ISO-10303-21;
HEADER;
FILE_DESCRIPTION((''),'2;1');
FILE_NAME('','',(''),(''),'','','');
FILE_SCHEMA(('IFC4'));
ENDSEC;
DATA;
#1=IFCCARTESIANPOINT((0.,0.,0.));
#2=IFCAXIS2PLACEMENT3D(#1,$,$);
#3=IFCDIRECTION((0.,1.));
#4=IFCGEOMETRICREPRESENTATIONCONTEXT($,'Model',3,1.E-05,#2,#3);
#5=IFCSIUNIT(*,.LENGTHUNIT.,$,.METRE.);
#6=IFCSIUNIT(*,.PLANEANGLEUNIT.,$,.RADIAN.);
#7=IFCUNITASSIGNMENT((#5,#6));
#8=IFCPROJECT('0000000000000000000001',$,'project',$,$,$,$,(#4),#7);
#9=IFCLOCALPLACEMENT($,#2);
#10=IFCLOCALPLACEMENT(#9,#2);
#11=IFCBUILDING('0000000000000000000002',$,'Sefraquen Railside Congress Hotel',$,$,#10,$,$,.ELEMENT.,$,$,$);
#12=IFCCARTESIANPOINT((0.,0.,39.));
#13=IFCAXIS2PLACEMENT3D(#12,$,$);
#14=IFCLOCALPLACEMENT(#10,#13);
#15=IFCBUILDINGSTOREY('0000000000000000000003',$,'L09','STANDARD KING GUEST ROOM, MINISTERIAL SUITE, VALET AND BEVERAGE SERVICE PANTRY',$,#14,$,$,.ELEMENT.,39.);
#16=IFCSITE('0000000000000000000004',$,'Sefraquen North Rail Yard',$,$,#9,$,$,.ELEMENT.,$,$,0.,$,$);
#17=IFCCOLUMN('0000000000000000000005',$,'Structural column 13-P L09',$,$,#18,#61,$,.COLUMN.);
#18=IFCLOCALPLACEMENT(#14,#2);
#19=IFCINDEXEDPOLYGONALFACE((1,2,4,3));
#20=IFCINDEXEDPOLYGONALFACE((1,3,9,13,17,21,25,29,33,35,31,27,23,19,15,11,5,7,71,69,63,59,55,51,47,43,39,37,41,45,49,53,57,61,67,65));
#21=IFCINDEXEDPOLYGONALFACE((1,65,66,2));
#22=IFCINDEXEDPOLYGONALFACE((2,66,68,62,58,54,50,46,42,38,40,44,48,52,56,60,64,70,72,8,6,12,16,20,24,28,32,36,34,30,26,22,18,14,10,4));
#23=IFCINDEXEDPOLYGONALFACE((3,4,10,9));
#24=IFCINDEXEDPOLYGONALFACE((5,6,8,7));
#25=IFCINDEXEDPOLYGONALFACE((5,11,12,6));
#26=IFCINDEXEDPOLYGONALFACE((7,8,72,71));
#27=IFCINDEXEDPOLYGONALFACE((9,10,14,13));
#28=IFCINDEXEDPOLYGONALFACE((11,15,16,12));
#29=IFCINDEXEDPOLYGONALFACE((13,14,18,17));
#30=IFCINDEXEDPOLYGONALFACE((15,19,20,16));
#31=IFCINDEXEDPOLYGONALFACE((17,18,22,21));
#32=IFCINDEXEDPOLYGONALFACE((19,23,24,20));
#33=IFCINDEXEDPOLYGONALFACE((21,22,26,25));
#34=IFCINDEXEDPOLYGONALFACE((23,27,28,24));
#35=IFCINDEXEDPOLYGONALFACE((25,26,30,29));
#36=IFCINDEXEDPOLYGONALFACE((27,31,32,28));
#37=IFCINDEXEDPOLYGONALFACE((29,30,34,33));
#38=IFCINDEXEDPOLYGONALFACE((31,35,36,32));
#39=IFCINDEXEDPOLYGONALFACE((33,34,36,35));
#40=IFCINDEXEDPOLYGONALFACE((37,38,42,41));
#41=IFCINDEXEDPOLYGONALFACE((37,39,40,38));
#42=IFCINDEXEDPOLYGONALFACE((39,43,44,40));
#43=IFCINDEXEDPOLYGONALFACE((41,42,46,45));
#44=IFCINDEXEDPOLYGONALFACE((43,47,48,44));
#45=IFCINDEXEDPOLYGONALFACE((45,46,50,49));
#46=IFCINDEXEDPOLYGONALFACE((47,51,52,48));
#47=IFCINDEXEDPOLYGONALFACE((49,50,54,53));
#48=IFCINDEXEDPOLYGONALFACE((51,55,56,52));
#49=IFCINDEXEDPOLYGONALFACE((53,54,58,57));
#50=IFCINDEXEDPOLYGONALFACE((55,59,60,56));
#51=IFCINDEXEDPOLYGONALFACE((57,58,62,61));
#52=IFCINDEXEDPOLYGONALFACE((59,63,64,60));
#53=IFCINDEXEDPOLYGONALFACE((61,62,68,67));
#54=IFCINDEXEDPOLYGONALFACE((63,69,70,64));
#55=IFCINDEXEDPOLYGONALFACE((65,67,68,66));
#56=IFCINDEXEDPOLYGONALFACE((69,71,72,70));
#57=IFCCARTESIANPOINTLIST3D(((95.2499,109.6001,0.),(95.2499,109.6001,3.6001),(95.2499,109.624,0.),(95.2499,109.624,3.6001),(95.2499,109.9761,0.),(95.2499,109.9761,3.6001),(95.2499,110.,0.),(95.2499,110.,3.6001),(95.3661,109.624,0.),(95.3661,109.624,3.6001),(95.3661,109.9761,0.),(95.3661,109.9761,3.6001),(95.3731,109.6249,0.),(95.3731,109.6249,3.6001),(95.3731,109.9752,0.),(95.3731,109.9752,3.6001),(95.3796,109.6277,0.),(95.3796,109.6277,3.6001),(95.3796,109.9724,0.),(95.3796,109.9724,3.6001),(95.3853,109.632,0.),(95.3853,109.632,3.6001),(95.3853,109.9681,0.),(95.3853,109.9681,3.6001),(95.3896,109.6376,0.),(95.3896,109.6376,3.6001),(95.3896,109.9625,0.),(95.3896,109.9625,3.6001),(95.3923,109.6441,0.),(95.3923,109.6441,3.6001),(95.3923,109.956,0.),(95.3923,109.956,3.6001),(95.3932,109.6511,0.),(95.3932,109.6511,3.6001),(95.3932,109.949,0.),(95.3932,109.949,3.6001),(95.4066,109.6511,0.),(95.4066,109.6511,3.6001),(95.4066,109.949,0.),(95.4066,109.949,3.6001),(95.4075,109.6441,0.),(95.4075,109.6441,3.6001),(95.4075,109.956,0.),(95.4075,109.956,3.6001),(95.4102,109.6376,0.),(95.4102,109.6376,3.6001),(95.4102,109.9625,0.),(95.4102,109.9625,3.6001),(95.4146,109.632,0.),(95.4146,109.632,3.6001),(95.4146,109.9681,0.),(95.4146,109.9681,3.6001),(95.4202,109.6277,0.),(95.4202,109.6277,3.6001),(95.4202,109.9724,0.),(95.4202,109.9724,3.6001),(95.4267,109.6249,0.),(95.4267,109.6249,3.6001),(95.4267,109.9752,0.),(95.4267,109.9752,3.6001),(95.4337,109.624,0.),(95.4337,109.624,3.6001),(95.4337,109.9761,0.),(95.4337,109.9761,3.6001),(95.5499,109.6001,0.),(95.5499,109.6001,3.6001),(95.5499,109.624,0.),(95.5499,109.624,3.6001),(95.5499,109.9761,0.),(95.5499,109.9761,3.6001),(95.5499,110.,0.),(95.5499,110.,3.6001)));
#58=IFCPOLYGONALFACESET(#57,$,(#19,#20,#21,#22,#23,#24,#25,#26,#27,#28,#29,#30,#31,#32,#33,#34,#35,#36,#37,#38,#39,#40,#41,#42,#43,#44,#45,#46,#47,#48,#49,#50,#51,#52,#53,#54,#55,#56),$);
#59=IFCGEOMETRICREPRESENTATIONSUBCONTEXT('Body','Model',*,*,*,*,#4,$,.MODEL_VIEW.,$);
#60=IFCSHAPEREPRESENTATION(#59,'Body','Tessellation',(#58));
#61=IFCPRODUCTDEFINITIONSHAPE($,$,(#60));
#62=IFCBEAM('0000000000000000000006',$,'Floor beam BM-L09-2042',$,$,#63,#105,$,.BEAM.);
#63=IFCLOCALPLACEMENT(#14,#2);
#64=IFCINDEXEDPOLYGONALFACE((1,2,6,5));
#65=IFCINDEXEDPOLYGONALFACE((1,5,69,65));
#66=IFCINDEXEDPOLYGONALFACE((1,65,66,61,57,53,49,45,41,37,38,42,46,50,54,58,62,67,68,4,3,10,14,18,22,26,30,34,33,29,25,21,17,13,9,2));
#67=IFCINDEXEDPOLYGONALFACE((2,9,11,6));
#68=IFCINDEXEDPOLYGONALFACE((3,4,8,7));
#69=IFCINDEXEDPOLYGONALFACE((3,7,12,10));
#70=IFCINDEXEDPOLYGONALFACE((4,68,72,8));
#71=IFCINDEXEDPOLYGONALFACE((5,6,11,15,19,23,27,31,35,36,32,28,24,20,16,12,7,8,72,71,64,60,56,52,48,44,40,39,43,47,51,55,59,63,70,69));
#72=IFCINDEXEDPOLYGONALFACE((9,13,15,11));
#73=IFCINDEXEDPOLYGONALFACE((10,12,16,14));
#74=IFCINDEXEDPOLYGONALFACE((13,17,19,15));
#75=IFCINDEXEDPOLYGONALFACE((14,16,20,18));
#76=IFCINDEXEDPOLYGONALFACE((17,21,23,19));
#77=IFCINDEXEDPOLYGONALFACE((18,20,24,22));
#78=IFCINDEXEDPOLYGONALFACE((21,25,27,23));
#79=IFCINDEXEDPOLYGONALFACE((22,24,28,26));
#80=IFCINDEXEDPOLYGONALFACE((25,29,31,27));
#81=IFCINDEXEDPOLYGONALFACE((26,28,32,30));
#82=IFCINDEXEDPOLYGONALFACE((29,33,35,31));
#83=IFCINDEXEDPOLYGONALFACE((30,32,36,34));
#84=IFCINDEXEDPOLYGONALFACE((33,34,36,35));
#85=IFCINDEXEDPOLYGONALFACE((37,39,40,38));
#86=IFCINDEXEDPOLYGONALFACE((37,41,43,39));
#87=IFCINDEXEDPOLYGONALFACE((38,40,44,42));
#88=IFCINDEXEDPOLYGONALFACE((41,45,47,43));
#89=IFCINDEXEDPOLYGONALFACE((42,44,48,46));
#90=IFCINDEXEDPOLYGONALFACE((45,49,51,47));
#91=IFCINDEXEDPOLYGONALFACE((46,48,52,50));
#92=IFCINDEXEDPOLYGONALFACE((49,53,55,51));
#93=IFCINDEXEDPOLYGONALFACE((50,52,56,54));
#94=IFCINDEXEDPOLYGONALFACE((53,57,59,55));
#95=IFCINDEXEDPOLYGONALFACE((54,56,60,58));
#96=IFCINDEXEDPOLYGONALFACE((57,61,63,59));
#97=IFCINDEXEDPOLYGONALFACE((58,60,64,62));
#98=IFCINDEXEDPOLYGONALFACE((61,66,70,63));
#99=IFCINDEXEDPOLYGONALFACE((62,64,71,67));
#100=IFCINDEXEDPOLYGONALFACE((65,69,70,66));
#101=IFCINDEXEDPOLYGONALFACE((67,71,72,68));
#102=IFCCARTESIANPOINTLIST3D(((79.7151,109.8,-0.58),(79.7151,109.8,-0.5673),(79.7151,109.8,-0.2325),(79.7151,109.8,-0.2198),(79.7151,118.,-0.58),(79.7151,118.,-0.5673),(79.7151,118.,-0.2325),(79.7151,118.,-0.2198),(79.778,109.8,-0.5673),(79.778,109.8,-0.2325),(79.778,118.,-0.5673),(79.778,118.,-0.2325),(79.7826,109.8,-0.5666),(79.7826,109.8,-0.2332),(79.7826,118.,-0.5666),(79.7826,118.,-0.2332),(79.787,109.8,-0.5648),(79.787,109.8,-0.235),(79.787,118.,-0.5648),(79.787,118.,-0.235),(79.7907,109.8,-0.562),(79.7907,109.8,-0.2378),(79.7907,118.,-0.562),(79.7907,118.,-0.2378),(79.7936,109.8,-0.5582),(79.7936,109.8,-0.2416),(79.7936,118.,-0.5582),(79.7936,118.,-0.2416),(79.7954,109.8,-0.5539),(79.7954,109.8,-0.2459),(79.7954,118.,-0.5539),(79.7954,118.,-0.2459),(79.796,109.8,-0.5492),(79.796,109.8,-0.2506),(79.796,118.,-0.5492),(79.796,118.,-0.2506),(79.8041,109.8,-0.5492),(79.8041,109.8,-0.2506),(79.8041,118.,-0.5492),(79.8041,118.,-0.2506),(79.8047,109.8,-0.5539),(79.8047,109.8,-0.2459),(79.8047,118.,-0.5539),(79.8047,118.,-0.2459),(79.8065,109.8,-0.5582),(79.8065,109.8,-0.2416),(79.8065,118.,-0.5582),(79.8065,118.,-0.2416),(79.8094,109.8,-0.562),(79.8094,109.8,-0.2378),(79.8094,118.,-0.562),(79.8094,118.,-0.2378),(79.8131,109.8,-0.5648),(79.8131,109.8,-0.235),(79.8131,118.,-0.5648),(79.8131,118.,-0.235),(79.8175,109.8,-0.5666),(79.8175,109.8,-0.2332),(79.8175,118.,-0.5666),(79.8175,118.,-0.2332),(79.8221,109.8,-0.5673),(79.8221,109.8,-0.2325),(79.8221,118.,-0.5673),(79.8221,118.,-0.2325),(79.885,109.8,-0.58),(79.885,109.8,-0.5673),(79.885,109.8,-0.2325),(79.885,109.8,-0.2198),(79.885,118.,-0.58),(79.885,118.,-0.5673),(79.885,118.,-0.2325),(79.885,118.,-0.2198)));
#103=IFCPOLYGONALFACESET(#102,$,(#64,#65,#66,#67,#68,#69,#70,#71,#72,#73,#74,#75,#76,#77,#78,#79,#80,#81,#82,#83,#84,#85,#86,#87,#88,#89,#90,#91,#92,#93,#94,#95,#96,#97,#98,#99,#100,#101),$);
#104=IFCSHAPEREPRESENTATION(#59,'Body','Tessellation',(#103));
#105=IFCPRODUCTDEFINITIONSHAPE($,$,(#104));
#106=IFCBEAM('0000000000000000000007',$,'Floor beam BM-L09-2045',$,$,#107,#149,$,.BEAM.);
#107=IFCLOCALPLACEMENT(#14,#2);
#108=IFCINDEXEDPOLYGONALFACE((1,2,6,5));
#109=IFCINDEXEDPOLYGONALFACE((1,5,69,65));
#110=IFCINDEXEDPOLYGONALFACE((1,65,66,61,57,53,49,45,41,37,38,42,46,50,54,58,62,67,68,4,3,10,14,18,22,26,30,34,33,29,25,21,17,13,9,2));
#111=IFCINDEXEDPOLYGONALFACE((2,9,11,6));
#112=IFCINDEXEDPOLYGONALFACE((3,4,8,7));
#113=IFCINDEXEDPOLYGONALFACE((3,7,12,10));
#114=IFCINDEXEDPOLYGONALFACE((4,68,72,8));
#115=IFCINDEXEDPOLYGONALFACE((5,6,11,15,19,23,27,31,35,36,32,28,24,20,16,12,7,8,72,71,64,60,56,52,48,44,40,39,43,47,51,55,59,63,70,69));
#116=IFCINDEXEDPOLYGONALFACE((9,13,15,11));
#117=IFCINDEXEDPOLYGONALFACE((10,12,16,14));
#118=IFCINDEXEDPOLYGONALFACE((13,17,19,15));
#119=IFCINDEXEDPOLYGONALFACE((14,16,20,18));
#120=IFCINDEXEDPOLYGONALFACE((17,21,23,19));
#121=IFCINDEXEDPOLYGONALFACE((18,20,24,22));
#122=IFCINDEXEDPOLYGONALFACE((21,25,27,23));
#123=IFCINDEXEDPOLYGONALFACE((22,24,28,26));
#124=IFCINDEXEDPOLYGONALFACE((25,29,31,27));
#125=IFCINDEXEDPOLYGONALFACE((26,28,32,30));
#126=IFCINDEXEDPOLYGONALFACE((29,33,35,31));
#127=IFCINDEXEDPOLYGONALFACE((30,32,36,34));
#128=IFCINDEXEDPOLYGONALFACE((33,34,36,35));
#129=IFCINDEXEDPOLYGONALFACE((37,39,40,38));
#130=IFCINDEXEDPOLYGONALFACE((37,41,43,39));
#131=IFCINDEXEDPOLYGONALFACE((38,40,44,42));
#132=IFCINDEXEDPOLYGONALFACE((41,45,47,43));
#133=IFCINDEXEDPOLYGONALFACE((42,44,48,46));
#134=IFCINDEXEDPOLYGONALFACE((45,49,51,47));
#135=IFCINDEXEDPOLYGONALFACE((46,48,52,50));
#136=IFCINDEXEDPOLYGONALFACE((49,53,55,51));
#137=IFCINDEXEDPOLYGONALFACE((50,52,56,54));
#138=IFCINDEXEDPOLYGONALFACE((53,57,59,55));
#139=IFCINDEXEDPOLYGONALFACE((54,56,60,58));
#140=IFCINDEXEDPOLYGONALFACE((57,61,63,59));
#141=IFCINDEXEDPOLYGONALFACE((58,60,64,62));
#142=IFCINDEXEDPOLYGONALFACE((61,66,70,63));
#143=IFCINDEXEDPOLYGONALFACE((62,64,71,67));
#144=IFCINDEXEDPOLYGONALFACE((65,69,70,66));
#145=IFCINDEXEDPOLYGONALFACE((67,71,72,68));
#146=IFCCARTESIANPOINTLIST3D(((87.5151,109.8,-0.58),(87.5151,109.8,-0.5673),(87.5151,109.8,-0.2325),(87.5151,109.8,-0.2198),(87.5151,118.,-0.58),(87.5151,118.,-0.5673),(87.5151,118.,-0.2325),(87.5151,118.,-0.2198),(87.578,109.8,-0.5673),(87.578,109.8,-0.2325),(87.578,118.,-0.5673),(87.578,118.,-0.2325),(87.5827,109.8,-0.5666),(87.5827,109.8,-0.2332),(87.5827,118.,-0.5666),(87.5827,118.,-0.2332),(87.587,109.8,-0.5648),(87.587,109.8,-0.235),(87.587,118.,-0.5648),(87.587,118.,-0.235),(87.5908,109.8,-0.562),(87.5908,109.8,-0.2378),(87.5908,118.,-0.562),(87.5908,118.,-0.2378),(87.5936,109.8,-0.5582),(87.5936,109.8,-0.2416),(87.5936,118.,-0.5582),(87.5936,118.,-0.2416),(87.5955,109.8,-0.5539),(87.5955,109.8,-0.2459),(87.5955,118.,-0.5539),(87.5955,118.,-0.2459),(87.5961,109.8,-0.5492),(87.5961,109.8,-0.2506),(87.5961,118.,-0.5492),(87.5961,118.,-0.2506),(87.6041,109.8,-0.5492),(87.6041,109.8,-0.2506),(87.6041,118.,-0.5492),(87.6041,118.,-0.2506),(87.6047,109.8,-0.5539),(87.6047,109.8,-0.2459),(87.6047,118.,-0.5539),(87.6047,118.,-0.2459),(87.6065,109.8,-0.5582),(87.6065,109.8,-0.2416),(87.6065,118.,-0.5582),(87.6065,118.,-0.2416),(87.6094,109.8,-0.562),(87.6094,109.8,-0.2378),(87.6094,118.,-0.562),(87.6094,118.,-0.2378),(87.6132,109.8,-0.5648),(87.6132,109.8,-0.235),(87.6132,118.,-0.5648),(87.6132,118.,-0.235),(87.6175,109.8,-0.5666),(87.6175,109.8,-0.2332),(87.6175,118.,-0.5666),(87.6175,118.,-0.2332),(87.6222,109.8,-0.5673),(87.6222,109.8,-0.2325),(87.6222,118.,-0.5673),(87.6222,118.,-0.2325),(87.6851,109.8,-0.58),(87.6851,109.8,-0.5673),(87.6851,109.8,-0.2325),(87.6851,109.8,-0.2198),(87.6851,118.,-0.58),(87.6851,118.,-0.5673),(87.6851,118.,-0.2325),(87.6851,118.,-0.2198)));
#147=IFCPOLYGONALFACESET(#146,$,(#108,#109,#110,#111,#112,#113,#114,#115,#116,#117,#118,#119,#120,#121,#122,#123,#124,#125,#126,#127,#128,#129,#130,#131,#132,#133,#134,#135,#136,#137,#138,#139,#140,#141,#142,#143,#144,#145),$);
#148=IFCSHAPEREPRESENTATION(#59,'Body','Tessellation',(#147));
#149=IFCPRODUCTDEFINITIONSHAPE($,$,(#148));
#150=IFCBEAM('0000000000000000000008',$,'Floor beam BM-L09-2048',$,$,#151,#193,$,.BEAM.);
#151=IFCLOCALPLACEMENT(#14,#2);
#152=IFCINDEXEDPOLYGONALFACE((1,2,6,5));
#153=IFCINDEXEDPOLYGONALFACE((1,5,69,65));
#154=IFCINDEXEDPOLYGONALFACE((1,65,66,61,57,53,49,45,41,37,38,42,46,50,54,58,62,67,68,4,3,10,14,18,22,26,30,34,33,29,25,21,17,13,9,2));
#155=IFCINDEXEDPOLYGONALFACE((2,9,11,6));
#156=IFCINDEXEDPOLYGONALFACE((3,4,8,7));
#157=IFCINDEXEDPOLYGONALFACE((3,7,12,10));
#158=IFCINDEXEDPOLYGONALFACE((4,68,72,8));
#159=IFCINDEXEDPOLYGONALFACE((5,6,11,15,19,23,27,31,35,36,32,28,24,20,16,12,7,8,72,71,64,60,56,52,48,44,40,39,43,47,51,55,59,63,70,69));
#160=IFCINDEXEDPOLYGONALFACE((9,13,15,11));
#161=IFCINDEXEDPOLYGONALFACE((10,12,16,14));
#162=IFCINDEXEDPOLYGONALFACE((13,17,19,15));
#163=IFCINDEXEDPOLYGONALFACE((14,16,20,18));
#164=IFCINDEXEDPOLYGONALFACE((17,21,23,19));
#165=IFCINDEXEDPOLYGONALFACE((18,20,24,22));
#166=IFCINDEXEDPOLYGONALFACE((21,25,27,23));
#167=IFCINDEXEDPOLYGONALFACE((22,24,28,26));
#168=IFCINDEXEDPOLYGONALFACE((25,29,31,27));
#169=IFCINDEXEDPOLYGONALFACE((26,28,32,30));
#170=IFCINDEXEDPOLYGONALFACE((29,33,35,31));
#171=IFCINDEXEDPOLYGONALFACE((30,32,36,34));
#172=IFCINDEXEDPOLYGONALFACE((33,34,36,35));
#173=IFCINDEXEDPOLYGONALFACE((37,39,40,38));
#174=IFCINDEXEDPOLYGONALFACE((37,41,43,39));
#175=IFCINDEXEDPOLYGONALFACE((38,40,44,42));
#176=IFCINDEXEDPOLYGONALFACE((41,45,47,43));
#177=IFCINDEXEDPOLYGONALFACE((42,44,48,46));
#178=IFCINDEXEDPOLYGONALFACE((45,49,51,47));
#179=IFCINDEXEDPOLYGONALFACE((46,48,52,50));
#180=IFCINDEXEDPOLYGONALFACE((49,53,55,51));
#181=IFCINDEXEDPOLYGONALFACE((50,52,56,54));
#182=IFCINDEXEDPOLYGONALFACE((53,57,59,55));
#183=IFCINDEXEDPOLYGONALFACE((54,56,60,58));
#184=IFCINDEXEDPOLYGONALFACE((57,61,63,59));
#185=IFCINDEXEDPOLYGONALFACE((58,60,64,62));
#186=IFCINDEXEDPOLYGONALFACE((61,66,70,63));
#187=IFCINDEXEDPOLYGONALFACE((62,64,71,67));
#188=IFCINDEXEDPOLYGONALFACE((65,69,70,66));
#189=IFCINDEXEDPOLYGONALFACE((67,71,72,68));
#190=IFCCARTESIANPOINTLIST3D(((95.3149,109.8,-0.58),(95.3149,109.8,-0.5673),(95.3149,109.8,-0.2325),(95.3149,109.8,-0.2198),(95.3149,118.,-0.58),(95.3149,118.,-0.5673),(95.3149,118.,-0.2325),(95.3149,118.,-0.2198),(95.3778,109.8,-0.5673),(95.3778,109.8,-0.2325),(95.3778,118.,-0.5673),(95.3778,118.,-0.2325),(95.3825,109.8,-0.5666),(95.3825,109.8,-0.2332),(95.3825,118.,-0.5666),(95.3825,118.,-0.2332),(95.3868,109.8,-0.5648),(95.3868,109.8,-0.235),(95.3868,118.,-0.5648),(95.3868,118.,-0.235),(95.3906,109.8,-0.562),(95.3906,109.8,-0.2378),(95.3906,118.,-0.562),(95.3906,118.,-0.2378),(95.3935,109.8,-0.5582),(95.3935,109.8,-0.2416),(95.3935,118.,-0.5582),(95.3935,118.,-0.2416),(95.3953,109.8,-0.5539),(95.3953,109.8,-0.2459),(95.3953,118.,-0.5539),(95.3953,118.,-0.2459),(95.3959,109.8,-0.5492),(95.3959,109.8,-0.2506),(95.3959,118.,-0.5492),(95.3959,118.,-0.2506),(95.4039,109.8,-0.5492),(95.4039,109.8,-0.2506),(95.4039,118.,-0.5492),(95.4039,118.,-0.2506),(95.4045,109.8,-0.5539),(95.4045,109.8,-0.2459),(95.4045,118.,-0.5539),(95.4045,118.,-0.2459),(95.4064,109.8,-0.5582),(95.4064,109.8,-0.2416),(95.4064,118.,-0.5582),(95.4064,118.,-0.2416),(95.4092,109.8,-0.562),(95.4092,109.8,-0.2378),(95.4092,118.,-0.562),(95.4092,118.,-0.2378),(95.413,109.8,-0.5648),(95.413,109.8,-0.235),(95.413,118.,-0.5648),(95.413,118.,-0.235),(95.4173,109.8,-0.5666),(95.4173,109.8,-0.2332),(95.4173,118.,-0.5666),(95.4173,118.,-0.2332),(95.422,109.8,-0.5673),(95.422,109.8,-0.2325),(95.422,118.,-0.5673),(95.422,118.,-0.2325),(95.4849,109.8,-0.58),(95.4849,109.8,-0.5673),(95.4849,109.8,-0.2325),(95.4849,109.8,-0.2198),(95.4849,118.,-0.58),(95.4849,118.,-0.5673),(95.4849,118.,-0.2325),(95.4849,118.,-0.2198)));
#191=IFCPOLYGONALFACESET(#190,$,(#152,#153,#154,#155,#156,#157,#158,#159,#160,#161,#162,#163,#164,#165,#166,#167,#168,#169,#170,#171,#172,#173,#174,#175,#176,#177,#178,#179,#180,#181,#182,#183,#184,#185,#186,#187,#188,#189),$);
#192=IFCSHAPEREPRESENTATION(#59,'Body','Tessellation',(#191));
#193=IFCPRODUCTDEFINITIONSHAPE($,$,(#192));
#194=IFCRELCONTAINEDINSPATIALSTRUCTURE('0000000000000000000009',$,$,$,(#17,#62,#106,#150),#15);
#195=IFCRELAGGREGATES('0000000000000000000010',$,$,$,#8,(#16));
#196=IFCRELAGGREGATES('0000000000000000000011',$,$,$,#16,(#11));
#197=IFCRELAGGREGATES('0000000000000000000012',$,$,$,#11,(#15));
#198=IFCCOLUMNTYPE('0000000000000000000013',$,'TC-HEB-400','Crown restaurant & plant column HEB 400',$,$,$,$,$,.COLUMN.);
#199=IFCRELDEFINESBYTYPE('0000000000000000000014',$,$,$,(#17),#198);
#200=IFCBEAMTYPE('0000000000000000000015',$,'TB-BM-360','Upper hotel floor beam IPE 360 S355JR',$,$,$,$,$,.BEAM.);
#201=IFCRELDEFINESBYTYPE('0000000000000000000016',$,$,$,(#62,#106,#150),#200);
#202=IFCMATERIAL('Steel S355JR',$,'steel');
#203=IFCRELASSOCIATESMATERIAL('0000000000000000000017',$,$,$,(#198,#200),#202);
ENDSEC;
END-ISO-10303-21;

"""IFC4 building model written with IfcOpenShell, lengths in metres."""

from ifc_helpers import new_model, si_unit, direction, frame, origin, origin_2d, place, context, subcontext, project, spatial, i_section, extrude, material, material_profile, profile_set, type_object, element, save


model = new_model("IFC4")

# Units and contexts
model_context = context("Model", 3, precision=1e-05, world=origin(), true_north=direction((0.0, 1.0)))
body_context = subcontext(model_context, "Body", "Model", "MODEL_VIEW")
ifc_project = project(units=[si_unit("LENGTHUNIT", "METRE"), si_unit("PLANEANGLEUNIT", "RADIAN")], contexts=[model_context])

# Site, building, storey
site_placement = place(None, origin())
site = spatial("IfcSite", under=ifc_project, at=site_placement, Name="Sefraquen North Rail Yard", CompositionType="ELEMENT", RefElevation=0.0)
building_placement = place(site_placement, origin())
building = spatial("IfcBuilding", under=site, at=building_placement, Name="Sefraquen Railside Congress Hotel", CompositionType="ELEMENT")
storey_placement = place(building_placement, frame((0.0, 0.0, 39.0)))
storey = spatial("IfcBuildingStorey", under=building, at=storey_placement, Name="L09", Description="STANDARD KING GUEST ROOM, MINISTERIAL SUITE, VALET AND BEVERAGE SERVICE PANTRY", CompositionType="ELEMENT", Elevation=39.0)

# Column
ifc_material_1 = material(Name="Steel S355JR", Category="steel")
ifc_material_profile_1 = material_profile(ifc_material_1, i_section(OverallWidth=0.3, OverallDepth=0.3999, WebThickness=0.0134, FlangeThickness=0.0239, FilletRadius=0.0271, at=origin_2d()), Name="HEB 400")
ifc_profile_set_1 = profile_set([ifc_material_profile_1], Name="Steel S355JR")
column_type_1 = type_object("IfcColumnType", Name="TC-HEB-400", Description="Crown restaurant & plant column HEB 400", PredefinedType="COLUMN", material=ifc_profile_set_1)
for number, where, z_axis, x_axis, name in (
    (1, (95.3999, 109.8, 0.0), (0.0, 0.0, 1.0), (1.0, 0.0, 0.0), "Structural column 13-P L09"),
):
    element("IfcColumn", number, at=place(storey_placement, frame(where, z_axis=z_axis, x_axis=x_axis)), inside=storey, type_object=column_type_1, Name=name, PredefinedType="COLUMN", context=body_context, shape_type="SweptSolid", body=[
        extrude(i_section(OverallWidth=0.3, OverallDepth=0.3999, WebThickness=0.0134, FlangeThickness=0.0239, FilletRadius=0.0271, at=origin_2d()), origin(), (0.0, 0.0, 1.0), 3.6001),
    ])

# Beams
ifc_material_profile_2 = material_profile(ifc_material_1, i_section(OverallWidth=0.1699, OverallDepth=0.3601, WebThickness=0.0081, FlangeThickness=0.0127, FilletRadius=0.0181, at=origin_2d()), Name="IPE 360")
ifc_profile_set_2 = profile_set([ifc_material_profile_2], Name="Steel S355JR")
beam_type_1 = type_object("IfcBeamType", Name="TB-BM-360", Description="Upper hotel floor beam IPE 360 S355JR", PredefinedType="BEAM", material=ifc_profile_set_2)
for number, where, z_axis, x_axis, name in (
    (2, (79.8, 109.8, -0.3999), (0.0, 1.0, 0.0), (-1.0, 0.0, 0.0), "Floor beam BM-L09-2042"),
    (3, (87.6001, 109.8, -0.3999), (0.0, 1.0, 0.0), (-1.0, 0.0, 0.0), "Floor beam BM-L09-2045"),
    (4, (95.3999, 109.8, -0.3999), (0.0, 1.0, 0.0), (-1.0, 0.0, 0.0), "Floor beam BM-L09-2048"),
):
    element("IfcBeam", number, at=place(storey_placement, frame(where, z_axis=z_axis, x_axis=x_axis)), inside=storey, type_object=beam_type_1, Name=name, PredefinedType="BEAM", context=body_context, shape_type="SweptSolid", body=[
        extrude(i_section(OverallWidth=0.1699, OverallDepth=0.3601, WebThickness=0.0081, FlangeThickness=0.0127, FilletRadius=0.0181, at=origin_2d()), origin(), (0.0, 0.0, 1.0), 8.2),
    ])

save(model, "model.ifc")
